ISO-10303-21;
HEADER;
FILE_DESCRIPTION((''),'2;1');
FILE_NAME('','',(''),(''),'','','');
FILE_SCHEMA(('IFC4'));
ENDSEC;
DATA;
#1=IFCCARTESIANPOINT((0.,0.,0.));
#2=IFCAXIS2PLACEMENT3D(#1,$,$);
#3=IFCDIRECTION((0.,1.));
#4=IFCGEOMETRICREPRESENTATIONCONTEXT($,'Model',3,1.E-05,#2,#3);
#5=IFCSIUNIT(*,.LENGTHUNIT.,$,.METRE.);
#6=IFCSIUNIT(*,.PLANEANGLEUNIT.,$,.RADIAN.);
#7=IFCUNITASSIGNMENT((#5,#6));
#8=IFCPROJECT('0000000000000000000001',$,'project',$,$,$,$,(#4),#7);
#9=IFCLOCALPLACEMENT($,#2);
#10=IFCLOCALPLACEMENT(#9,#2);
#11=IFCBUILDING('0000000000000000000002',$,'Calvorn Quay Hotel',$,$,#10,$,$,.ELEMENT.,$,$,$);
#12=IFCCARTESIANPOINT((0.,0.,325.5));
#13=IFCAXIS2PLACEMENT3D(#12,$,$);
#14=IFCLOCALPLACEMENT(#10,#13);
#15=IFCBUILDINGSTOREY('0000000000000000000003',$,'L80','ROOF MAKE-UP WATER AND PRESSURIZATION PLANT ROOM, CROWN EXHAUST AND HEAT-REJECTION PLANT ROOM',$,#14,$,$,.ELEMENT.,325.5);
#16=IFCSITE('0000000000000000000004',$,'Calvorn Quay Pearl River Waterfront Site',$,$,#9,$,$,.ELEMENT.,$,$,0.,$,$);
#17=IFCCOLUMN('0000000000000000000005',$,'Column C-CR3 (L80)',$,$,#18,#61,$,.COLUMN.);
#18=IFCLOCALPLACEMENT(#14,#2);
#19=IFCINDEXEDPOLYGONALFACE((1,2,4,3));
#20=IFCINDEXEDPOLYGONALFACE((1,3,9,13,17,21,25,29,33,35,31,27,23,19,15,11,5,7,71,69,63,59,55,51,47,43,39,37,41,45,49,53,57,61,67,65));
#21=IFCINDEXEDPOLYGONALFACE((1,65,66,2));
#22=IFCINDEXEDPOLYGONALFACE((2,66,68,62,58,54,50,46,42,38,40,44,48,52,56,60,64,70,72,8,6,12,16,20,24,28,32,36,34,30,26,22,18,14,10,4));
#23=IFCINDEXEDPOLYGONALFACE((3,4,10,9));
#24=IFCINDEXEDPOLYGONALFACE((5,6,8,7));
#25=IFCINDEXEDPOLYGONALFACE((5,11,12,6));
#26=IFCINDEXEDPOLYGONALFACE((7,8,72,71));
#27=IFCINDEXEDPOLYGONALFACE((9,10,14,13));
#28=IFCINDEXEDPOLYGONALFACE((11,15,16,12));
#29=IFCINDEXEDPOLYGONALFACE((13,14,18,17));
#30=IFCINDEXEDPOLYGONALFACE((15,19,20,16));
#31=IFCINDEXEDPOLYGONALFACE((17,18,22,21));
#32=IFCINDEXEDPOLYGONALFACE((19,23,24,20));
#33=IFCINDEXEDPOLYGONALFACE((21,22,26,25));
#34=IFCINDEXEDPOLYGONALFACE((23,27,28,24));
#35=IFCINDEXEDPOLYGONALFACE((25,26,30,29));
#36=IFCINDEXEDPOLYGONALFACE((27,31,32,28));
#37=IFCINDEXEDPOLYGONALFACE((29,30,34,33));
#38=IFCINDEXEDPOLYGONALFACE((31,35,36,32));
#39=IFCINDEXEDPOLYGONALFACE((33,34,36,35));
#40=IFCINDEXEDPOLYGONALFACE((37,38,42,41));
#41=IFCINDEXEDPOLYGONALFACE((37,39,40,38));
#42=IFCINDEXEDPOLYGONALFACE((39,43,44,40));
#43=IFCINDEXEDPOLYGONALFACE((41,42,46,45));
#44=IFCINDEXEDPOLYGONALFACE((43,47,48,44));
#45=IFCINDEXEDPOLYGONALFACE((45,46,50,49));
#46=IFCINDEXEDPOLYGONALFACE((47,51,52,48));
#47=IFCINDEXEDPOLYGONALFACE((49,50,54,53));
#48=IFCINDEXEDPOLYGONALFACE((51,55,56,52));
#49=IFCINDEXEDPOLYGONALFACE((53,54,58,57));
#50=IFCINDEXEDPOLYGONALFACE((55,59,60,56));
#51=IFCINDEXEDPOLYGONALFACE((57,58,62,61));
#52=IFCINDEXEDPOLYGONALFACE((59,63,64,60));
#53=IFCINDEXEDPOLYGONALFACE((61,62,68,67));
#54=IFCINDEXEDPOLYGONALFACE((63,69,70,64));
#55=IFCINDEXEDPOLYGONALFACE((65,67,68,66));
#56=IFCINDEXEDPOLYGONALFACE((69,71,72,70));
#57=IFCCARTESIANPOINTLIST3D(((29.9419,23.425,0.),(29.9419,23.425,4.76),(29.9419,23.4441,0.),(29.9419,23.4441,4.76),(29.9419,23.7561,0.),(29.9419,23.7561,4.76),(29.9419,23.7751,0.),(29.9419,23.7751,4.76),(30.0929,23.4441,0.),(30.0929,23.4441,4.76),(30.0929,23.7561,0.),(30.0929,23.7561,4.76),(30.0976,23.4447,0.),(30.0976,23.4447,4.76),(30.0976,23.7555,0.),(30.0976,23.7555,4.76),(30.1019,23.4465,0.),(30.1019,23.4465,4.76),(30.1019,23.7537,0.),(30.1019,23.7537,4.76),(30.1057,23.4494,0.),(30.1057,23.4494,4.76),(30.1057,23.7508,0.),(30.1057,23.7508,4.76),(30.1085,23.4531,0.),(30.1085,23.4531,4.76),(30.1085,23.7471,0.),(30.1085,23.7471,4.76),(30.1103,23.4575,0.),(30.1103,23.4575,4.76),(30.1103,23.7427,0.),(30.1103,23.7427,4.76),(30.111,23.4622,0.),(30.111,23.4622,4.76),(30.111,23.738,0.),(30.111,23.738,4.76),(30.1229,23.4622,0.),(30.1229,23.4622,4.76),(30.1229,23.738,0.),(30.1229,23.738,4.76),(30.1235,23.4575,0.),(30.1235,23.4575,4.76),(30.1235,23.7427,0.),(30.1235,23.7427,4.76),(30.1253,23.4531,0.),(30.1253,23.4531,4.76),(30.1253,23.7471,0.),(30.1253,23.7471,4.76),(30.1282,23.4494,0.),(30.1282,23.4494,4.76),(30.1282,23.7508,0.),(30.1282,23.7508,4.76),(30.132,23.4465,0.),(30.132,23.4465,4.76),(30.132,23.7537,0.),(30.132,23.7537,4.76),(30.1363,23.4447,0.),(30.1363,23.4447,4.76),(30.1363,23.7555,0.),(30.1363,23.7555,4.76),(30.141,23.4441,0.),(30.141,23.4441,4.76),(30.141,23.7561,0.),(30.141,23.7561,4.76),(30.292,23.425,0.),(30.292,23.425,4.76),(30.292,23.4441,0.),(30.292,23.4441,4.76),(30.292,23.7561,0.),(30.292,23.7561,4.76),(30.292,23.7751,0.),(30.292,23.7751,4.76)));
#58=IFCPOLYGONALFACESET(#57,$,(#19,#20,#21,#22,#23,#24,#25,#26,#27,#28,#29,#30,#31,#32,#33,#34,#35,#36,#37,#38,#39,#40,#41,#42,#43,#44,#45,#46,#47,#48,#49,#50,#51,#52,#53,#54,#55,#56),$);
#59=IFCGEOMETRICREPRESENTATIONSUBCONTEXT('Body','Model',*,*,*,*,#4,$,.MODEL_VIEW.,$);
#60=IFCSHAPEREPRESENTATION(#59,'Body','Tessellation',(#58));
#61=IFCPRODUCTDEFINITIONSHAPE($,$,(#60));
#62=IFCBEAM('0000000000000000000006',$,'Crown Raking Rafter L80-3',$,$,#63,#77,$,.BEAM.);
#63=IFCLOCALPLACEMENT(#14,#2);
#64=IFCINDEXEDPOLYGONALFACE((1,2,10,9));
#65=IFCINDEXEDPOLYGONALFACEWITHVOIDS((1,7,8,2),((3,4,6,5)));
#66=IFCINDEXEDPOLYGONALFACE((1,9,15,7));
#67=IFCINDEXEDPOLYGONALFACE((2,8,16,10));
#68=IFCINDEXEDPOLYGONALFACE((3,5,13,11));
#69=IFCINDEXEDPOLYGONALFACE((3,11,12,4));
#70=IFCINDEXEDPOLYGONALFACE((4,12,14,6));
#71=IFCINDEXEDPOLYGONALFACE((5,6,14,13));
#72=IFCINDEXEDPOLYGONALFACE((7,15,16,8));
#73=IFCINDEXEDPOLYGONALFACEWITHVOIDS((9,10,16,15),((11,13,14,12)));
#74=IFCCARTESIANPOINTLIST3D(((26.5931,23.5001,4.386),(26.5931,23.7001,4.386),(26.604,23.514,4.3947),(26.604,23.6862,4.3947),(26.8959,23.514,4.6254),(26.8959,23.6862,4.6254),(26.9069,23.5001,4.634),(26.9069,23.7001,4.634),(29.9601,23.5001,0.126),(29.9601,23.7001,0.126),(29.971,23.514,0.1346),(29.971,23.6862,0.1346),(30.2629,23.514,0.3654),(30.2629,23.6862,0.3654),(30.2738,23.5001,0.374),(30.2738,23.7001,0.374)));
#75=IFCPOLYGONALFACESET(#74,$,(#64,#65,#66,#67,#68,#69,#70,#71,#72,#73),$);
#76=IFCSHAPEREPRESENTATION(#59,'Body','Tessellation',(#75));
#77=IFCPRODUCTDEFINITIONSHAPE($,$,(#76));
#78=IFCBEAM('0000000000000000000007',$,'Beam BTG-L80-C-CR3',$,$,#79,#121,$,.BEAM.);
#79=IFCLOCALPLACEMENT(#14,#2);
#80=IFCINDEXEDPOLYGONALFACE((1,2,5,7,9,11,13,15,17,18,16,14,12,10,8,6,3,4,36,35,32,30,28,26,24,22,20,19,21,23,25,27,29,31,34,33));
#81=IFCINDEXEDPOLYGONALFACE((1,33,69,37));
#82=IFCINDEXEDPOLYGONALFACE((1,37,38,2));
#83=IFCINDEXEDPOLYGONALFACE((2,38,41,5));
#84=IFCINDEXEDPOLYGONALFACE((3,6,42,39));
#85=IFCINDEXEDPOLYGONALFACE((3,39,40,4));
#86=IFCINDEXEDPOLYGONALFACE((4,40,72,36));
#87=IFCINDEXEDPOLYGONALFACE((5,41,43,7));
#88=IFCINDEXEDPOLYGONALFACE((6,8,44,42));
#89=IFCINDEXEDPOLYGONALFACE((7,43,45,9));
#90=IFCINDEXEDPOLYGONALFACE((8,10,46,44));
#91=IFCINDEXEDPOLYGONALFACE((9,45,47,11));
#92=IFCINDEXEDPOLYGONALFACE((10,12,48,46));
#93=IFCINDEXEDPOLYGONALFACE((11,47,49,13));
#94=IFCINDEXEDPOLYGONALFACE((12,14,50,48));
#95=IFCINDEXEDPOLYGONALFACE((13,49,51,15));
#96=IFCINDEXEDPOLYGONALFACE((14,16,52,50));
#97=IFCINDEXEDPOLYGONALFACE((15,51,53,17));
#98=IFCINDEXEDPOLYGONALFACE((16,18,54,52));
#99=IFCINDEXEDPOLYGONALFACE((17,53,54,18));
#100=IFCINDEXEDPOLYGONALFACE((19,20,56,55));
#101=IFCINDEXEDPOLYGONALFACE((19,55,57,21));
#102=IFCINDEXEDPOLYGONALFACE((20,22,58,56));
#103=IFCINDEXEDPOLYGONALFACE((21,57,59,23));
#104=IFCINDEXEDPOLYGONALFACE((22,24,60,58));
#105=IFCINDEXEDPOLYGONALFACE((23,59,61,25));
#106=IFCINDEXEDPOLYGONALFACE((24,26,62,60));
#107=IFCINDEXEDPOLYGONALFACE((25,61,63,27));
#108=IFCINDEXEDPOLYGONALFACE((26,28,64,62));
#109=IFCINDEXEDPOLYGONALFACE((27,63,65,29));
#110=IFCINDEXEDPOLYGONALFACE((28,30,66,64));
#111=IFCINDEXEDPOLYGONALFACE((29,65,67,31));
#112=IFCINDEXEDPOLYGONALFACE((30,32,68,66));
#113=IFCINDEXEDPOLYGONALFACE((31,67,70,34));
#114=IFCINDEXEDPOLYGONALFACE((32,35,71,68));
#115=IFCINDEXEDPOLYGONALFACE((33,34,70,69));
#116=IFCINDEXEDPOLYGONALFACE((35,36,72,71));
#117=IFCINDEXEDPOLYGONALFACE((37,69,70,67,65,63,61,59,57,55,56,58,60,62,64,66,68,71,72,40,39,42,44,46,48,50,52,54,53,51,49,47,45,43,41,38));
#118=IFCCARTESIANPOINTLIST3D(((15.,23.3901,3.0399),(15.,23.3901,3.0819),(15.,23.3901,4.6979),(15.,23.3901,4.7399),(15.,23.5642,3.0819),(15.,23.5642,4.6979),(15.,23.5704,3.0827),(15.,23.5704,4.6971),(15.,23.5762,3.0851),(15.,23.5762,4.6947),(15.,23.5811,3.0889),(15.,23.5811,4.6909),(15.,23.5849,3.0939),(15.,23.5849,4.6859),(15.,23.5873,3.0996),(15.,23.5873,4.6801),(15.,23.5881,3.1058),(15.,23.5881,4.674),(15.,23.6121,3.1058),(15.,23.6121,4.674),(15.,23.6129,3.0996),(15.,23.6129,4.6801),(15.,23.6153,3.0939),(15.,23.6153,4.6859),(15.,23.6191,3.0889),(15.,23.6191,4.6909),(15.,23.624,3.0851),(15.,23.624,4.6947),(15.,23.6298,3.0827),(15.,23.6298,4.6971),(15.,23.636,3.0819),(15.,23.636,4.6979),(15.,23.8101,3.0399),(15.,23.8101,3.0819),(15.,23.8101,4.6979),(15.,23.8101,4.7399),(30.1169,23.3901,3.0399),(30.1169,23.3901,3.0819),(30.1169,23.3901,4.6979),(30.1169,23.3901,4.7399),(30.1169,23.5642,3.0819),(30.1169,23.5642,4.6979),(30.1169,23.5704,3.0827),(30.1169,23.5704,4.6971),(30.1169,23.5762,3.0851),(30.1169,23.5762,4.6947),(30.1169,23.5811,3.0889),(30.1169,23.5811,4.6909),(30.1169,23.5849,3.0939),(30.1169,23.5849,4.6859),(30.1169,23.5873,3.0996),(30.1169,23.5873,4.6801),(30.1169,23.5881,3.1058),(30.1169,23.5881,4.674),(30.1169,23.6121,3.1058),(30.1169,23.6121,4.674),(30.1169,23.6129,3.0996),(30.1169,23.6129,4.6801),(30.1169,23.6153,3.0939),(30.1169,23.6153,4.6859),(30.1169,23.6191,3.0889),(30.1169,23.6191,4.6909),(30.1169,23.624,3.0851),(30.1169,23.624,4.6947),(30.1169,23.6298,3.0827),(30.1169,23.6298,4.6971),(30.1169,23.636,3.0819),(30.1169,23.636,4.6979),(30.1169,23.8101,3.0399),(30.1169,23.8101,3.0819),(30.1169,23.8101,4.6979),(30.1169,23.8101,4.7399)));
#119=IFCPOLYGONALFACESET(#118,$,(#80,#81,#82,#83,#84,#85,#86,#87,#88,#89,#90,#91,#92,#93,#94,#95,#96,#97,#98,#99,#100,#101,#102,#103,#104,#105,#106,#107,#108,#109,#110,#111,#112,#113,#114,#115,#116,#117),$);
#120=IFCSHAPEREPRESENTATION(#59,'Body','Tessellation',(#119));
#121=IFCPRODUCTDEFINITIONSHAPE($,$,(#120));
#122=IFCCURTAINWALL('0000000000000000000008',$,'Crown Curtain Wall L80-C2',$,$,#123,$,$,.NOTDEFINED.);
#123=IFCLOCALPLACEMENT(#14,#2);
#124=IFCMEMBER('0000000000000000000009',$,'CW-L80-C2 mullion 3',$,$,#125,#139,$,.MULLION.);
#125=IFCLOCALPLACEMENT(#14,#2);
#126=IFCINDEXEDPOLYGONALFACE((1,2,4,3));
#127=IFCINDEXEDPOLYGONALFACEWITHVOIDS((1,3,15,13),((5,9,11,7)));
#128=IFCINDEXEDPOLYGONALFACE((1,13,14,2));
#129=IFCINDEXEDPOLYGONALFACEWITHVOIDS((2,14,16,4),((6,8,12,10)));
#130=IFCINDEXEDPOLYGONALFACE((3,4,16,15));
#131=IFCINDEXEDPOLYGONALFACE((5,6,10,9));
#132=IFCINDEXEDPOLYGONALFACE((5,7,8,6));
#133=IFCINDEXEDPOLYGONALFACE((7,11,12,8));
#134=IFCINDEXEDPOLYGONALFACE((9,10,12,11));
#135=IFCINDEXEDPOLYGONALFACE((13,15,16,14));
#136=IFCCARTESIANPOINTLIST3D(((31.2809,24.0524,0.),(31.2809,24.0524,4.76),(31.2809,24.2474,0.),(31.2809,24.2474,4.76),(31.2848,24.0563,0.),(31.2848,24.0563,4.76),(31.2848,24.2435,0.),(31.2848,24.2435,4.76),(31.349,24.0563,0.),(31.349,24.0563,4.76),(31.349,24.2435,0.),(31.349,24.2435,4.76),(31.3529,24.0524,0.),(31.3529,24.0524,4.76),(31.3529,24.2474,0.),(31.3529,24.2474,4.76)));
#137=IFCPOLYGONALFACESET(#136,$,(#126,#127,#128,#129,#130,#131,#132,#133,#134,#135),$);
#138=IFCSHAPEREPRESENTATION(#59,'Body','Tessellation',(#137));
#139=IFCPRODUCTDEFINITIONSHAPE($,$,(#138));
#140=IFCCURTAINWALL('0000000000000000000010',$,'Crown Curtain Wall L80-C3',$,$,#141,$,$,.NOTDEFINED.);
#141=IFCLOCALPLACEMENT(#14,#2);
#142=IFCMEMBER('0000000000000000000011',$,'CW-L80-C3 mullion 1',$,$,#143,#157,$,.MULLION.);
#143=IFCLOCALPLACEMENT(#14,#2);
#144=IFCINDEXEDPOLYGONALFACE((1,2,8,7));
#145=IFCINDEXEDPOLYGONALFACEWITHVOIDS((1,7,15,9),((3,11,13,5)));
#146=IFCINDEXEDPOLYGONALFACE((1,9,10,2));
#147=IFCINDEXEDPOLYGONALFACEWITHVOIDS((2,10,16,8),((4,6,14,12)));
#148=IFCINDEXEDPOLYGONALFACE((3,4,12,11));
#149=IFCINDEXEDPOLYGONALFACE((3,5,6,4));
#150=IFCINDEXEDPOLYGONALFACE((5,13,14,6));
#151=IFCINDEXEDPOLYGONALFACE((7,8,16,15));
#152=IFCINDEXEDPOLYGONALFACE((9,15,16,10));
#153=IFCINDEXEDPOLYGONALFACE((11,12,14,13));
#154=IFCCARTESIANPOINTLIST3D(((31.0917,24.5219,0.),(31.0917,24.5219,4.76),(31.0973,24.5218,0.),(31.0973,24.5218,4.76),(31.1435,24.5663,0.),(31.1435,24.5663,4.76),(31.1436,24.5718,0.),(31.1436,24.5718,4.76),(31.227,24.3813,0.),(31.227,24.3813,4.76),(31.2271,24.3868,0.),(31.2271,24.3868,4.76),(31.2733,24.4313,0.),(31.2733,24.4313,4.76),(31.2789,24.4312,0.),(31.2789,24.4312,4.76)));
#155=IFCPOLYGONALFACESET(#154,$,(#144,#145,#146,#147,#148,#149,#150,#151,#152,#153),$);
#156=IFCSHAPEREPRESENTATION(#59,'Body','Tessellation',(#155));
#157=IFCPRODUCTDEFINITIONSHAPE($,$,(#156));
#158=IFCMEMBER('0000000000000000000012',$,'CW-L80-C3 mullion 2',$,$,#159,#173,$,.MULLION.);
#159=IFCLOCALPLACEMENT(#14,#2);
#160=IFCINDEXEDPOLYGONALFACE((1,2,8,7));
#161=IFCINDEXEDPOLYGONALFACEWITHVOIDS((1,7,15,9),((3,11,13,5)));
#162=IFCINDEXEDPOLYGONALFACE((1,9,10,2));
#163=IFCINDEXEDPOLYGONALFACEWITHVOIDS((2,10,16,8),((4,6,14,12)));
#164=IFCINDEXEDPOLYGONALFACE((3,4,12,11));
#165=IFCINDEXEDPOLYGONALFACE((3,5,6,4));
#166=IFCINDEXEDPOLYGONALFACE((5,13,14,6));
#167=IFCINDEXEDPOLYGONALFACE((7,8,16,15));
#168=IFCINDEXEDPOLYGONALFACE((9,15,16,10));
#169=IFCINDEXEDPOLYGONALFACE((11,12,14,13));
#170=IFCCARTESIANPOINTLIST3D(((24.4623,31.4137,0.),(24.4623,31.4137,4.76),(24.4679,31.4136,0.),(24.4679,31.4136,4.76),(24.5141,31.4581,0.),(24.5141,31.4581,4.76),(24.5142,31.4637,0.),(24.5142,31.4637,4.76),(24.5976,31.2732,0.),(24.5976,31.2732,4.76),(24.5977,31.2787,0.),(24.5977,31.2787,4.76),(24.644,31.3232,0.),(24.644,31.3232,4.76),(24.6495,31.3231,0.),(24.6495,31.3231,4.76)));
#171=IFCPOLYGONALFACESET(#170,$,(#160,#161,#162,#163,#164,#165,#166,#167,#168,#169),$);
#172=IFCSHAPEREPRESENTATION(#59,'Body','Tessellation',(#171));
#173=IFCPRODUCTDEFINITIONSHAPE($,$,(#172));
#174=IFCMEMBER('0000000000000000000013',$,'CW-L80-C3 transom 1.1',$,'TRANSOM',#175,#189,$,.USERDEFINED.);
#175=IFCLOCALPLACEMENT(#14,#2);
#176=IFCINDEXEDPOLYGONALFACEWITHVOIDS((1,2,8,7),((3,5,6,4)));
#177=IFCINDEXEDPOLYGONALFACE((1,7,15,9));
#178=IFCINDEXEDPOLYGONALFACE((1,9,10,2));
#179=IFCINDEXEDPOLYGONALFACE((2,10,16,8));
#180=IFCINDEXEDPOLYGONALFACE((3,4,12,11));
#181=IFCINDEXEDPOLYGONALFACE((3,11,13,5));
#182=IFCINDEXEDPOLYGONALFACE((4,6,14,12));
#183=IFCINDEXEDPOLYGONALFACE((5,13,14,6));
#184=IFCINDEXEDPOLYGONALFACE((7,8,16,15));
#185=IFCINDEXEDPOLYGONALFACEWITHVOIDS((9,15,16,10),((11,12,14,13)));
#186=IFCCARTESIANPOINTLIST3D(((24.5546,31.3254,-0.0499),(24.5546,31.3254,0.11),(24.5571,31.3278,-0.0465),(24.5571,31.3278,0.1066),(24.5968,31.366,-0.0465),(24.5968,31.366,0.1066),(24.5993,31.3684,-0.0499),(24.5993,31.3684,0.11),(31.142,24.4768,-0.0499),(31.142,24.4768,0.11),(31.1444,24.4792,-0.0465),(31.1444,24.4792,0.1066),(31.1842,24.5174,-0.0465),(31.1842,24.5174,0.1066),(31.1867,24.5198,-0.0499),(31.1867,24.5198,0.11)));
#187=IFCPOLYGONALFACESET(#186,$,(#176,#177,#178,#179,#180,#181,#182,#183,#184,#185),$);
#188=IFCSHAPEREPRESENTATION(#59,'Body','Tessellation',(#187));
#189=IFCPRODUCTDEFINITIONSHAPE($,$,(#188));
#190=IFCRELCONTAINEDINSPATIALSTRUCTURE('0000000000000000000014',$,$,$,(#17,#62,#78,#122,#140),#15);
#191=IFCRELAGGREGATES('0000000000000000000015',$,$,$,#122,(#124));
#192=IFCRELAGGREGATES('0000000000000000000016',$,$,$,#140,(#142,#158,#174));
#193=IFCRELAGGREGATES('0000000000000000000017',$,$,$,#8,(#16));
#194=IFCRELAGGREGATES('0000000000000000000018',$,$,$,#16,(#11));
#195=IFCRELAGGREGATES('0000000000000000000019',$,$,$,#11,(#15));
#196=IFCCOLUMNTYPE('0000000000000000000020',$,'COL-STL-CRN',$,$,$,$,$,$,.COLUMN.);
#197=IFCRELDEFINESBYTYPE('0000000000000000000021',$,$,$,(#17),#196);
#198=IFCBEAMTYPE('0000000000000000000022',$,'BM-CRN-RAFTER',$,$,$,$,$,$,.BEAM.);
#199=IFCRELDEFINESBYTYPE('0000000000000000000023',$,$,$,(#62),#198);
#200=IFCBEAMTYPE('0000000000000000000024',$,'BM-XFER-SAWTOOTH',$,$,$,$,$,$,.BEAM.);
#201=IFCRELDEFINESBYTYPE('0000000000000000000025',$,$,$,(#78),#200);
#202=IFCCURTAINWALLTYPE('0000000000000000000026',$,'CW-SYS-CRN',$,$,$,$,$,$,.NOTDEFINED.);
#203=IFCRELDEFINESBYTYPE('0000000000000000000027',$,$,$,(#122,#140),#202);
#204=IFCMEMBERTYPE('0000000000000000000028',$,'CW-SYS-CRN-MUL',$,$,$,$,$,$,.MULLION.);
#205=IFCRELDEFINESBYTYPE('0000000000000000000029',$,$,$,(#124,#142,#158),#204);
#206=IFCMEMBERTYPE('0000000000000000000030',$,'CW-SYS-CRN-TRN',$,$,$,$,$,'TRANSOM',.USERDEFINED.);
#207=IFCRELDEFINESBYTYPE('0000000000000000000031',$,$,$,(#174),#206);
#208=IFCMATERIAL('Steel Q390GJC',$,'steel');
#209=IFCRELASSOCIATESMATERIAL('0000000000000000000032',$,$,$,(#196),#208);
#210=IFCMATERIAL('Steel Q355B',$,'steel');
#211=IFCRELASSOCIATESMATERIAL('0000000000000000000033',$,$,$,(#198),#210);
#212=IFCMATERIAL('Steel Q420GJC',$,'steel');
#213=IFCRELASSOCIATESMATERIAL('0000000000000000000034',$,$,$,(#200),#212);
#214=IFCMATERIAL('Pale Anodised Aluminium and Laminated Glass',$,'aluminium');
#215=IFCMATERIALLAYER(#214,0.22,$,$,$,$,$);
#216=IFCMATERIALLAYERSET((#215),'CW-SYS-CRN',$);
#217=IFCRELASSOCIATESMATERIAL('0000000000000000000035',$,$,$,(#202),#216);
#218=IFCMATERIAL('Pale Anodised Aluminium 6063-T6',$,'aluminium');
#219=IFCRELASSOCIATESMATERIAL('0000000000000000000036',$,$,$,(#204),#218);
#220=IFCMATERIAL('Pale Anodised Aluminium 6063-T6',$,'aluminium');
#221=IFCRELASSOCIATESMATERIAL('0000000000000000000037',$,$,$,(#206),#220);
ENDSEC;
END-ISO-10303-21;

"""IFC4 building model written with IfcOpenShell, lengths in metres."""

from ifc_helpers import new_model, si_unit, direction, frame, origin, origin_2d, place, context, subcontext, project, spatial, hollow_rectangle, i_section, extrude, material, layer, layer_set, material_profile, profile_set, type_object, element, aggregate, save


model = new_model("IFC4")

# Units and contexts
model_context = context("Model", 3, precision=1e-05, world=origin(), true_north=direction((0.0, 1.0)))
body_context = subcontext(model_context, "Body", "Model", "MODEL_VIEW")
ifc_project = project(units=[si_unit("LENGTHUNIT", "METRE"), si_unit("PLANEANGLEUNIT", "RADIAN")], contexts=[model_context])

# Site, building, storey
site_placement = place(None, origin())
site = spatial("IfcSite", under=ifc_project, at=site_placement, Name="Calvorn Quay Pearl River Waterfront Site", CompositionType="ELEMENT", RefElevation=0.0)
building_placement = place(site_placement, origin())
building = spatial("IfcBuilding", under=site, at=building_placement, Name="Calvorn Quay Hotel", CompositionType="ELEMENT")
storey_placement = place(building_placement, frame((0.0, 0.0, 325.5)))
storey = spatial("IfcBuildingStorey", under=building, at=storey_placement, Name="L80", Description="ROOF MAKE-UP WATER AND PRESSURIZATION PLANT ROOM, CROWN EXHAUST AND HEAT-REJECTION PLANT ROOM", CompositionType="ELEMENT", Elevation=325.5)

# Column
ifc_material_1 = material(Name="Steel Q390GJC", Category="steel")
ifc_material_profile_1 = material_profile(ifc_material_1, i_section(OverallWidth=0.3501, OverallDepth=0.3501, WebThickness=0.012, FlangeThickness=0.019, FilletRadius=0.0181, at=origin_2d()), Name="HW350x350x12x19")
ifc_profile_set_1 = profile_set([ifc_material_profile_1], Name="Steel Q390GJC")
column_type = type_object("IfcColumnType", Name="COL-STL-CRN", PredefinedType="COLUMN", material=ifc_profile_set_1)
column_placement = place(storey_placement, frame((30.1169, 23.6001, 0.0), z_axis=(0.0, 0.0, 1.0), x_axis=(1.0, 0.0, 0.0)))
element("IfcColumn", 1, at=column_placement, inside=storey, type_object=column_type, Name="Column C-CR3 (L80)", PredefinedType="COLUMN", context=body_context, shape_type="SweptSolid", body=[
    extrude(i_section(OverallWidth=0.3501, OverallDepth=0.3501, WebThickness=0.012, FlangeThickness=0.019, FilletRadius=0.0181, at=origin_2d()), origin(), (0.0, 0.0, 1.0), 4.76),
])

# Beams
ifc_material_2 = material(Name="Steel Q355B", Category="steel")
ifc_material_profile_2 = material_profile(ifc_material_2, hollow_rectangle(XDim=0.2, YDim=0.3999, WallThickness=0.0139, at=origin_2d()), Name="RHS400x200x14")
ifc_profile_set_2 = profile_set([ifc_material_profile_2], Name="Steel Q355B")
beam_type_1 = type_object("IfcBeamType", Name="BM-CRN-RAFTER", PredefinedType="BEAM", material=ifc_profile_set_2)
beam_1_placement = place(storey_placement, frame((30.1169, 23.6001, 0.25), z_axis=(-0.620073, 0.0, 0.784544), x_axis=(0.0, -1.0, 0.0)))
element("IfcBeam", 2, at=beam_1_placement, inside=storey, type_object=beam_type_1, Name="Crown Raking Rafter L80-3", PredefinedType="BEAM", context=body_context, shape_type="SweptSolid", body=[
    extrude(hollow_rectangle(XDim=0.2, YDim=0.3999, WallThickness=0.0139, at=origin_2d()), origin(), (0.0, 0.0, 1.0), 5.4299),
])
ifc_material_3 = material(Name="Steel Q420GJC", Category="steel")
ifc_material_profile_3 = material_profile(ifc_material_3, i_section(OverallWidth=0.4199, OverallDepth=1.7, WebThickness=0.0239, FlangeThickness=0.042, FilletRadius=0.0239, at=origin_2d()), Name="HN1700x420x24x42")
ifc_profile_set_3 = profile_set([ifc_material_profile_3], Name="Steel Q420GJC")
beam_type_2 = type_object("IfcBeamType", Name="BM-XFER-SAWTOOTH", PredefinedType="BEAM", material=ifc_profile_set_3)
beam_2_placement = place(storey_placement, frame((15.0, 23.6001, 3.8899), z_axis=(1.0, 0.0, 0.0), x_axis=(0.0, 1.0, 0.0)))
element("IfcBeam", 3, at=beam_2_placement, inside=storey, type_object=beam_type_2, Name="Beam BTG-L80-C-CR3", PredefinedType="BEAM", context=body_context, shape_type="SweptSolid", body=[
    extrude(i_section(OverallWidth=0.4199, OverallDepth=1.7, WebThickness=0.0239, FlangeThickness=0.042, FilletRadius=0.0239, at=origin_2d()), origin(), (0.0, 0.0, 1.0), 15.1169),
])

# Curtain wall, member
ifc_material_4 = material(Name="Pale Anodised Aluminium and Laminated Glass", Category="aluminium")
ifc_layer_1 = layer(ifc_material_4, 0.22)
ifc_layer_set_1 = layer_set([ifc_layer_1], Name="CW-SYS-CRN")
curtain_wall_type = type_object("IfcCurtainWallType", Name="CW-SYS-CRN", PredefinedType="NOTDEFINED", material=ifc_layer_set_1)
curtain_wall_1_placement = place(storey_placement, origin())
curtain_wall_1 = element("IfcCurtainWall", 4, at=curtain_wall_1_placement, inside=storey, type_object=curtain_wall_type, Name="Crown Curtain Wall L80-C2", PredefinedType="NOTDEFINED")
ifc_material_5 = material(Name="Pale Anodised Aluminium 6063-T6", Category="aluminium")
ifc_material_profile_4 = material_profile(ifc_material_5, hollow_rectangle(XDim=0.072, YDim=0.1951, WallThickness=0.0039, at=origin_2d()), Name="ALU-M195x72x4")
ifc_profile_set_4 = profile_set([ifc_material_profile_4], Name="Pale Anodised Aluminium 6063-T6")
member_type_1 = type_object("IfcMemberType", Name="CW-SYS-CRN-MUL", PredefinedType="MULLION", material=ifc_profile_set_4)
member_1_placement = place(storey_placement, frame((31.3169, 24.1499, 0.0), z_axis=(0.0, 0.0, 1.0), x_axis=(-1.0, 0.0, 0.0)))
member_1 = element("IfcMember", 5, at=member_1_placement, type_object=member_type_1, Name="CW-L80-C2 mullion 3", PredefinedType="MULLION", context=body_context, shape_type="SweptSolid", body=[
    extrude(hollow_rectangle(XDim=0.072, YDim=0.1951, WallThickness=0.0039, at=origin_2d()), origin(), (0.0, 0.0, 1.0), 4.76),
])

# Curtain wall, members
curtain_wall_2_placement = place(storey_placement, origin())
curtain_wall_2 = element("IfcCurtainWall", 6, at=curtain_wall_2_placement, inside=storey, type_object=curtain_wall_type, Name="Crown Curtain Wall L80-C3", PredefinedType="NOTDEFINED")
member_2_placement = place(storey_placement, frame((31.1853, 24.4766, 0.0), z_axis=(0.0, 0.0, 1.0), x_axis=(-0.720708, -0.693239, 0.0)))
member_2 = element("IfcMember", 7, at=member_2_placement, type_object=member_type_1, Name="CW-L80-C3 mullion 1", PredefinedType="MULLION", context=body_context, shape_type="SweptSolid", body=[
    extrude(hollow_rectangle(XDim=0.072, YDim=0.1951, WallThickness=0.0039, at=origin_2d()), origin(), (0.0, 0.0, 1.0), 4.76),
])
member_3_placement = place(storey_placement, frame((24.5559, 31.3684, 0.0), z_axis=(0.0, 0.0, 1.0), x_axis=(-0.720708, -0.693239, 0.0)))
member_3 = element("IfcMember", 8, at=member_3_placement, type_object=member_type_1, Name="CW-L80-C3 mullion 2", PredefinedType="MULLION", context=body_context, shape_type="SweptSolid", body=[
    extrude(hollow_rectangle(XDim=0.072, YDim=0.1951, WallThickness=0.0039, at=origin_2d()), origin(), (0.0, 0.0, 1.0), 4.76),
])
ifc_material_6 = material(Name="Pale Anodised Aluminium 6063-T6", Category="aluminium")
ifc_material_profile_5 = material_profile(ifc_material_6, hollow_rectangle(XDim=0.062, YDim=0.1599, WallThickness=0.0034, at=origin_2d()), Name="ALU-T160x62x3.5")
ifc_profile_set_5 = profile_set([ifc_material_profile_5], Name="Pale Anodised Aluminium 6063-T6")
member_type_2 = type_object("IfcMemberType", Name="CW-SYS-CRN-TRN", ElementType="TRANSOM", PredefinedType="USERDEFINED", material=ifc_profile_set_5)
member_4_placement = place(storey_placement, frame((31.1643, 24.4983, 0.03), z_axis=(-0.693228, 0.720719, 0.0), x_axis=(-0.720719, -0.693228, 0.0)))
member_4 = element("IfcMember", 9, at=member_4_placement, type_object=member_type_2, Name="CW-L80-C3 transom 1.1", ObjectType="TRANSOM", PredefinedType="USERDEFINED", context=body_context, shape_type="SweptSolid", body=[
    extrude(hollow_rectangle(XDim=0.062, YDim=0.1599, WallThickness=0.0034, at=origin_2d()), origin(), (0.0, 0.0, 1.0), 9.5024),
])

aggregate(curtain_wall_1, [member_1])
aggregate(curtain_wall_2, [member_2, member_3, member_4])

save(model, "model.ifc")
